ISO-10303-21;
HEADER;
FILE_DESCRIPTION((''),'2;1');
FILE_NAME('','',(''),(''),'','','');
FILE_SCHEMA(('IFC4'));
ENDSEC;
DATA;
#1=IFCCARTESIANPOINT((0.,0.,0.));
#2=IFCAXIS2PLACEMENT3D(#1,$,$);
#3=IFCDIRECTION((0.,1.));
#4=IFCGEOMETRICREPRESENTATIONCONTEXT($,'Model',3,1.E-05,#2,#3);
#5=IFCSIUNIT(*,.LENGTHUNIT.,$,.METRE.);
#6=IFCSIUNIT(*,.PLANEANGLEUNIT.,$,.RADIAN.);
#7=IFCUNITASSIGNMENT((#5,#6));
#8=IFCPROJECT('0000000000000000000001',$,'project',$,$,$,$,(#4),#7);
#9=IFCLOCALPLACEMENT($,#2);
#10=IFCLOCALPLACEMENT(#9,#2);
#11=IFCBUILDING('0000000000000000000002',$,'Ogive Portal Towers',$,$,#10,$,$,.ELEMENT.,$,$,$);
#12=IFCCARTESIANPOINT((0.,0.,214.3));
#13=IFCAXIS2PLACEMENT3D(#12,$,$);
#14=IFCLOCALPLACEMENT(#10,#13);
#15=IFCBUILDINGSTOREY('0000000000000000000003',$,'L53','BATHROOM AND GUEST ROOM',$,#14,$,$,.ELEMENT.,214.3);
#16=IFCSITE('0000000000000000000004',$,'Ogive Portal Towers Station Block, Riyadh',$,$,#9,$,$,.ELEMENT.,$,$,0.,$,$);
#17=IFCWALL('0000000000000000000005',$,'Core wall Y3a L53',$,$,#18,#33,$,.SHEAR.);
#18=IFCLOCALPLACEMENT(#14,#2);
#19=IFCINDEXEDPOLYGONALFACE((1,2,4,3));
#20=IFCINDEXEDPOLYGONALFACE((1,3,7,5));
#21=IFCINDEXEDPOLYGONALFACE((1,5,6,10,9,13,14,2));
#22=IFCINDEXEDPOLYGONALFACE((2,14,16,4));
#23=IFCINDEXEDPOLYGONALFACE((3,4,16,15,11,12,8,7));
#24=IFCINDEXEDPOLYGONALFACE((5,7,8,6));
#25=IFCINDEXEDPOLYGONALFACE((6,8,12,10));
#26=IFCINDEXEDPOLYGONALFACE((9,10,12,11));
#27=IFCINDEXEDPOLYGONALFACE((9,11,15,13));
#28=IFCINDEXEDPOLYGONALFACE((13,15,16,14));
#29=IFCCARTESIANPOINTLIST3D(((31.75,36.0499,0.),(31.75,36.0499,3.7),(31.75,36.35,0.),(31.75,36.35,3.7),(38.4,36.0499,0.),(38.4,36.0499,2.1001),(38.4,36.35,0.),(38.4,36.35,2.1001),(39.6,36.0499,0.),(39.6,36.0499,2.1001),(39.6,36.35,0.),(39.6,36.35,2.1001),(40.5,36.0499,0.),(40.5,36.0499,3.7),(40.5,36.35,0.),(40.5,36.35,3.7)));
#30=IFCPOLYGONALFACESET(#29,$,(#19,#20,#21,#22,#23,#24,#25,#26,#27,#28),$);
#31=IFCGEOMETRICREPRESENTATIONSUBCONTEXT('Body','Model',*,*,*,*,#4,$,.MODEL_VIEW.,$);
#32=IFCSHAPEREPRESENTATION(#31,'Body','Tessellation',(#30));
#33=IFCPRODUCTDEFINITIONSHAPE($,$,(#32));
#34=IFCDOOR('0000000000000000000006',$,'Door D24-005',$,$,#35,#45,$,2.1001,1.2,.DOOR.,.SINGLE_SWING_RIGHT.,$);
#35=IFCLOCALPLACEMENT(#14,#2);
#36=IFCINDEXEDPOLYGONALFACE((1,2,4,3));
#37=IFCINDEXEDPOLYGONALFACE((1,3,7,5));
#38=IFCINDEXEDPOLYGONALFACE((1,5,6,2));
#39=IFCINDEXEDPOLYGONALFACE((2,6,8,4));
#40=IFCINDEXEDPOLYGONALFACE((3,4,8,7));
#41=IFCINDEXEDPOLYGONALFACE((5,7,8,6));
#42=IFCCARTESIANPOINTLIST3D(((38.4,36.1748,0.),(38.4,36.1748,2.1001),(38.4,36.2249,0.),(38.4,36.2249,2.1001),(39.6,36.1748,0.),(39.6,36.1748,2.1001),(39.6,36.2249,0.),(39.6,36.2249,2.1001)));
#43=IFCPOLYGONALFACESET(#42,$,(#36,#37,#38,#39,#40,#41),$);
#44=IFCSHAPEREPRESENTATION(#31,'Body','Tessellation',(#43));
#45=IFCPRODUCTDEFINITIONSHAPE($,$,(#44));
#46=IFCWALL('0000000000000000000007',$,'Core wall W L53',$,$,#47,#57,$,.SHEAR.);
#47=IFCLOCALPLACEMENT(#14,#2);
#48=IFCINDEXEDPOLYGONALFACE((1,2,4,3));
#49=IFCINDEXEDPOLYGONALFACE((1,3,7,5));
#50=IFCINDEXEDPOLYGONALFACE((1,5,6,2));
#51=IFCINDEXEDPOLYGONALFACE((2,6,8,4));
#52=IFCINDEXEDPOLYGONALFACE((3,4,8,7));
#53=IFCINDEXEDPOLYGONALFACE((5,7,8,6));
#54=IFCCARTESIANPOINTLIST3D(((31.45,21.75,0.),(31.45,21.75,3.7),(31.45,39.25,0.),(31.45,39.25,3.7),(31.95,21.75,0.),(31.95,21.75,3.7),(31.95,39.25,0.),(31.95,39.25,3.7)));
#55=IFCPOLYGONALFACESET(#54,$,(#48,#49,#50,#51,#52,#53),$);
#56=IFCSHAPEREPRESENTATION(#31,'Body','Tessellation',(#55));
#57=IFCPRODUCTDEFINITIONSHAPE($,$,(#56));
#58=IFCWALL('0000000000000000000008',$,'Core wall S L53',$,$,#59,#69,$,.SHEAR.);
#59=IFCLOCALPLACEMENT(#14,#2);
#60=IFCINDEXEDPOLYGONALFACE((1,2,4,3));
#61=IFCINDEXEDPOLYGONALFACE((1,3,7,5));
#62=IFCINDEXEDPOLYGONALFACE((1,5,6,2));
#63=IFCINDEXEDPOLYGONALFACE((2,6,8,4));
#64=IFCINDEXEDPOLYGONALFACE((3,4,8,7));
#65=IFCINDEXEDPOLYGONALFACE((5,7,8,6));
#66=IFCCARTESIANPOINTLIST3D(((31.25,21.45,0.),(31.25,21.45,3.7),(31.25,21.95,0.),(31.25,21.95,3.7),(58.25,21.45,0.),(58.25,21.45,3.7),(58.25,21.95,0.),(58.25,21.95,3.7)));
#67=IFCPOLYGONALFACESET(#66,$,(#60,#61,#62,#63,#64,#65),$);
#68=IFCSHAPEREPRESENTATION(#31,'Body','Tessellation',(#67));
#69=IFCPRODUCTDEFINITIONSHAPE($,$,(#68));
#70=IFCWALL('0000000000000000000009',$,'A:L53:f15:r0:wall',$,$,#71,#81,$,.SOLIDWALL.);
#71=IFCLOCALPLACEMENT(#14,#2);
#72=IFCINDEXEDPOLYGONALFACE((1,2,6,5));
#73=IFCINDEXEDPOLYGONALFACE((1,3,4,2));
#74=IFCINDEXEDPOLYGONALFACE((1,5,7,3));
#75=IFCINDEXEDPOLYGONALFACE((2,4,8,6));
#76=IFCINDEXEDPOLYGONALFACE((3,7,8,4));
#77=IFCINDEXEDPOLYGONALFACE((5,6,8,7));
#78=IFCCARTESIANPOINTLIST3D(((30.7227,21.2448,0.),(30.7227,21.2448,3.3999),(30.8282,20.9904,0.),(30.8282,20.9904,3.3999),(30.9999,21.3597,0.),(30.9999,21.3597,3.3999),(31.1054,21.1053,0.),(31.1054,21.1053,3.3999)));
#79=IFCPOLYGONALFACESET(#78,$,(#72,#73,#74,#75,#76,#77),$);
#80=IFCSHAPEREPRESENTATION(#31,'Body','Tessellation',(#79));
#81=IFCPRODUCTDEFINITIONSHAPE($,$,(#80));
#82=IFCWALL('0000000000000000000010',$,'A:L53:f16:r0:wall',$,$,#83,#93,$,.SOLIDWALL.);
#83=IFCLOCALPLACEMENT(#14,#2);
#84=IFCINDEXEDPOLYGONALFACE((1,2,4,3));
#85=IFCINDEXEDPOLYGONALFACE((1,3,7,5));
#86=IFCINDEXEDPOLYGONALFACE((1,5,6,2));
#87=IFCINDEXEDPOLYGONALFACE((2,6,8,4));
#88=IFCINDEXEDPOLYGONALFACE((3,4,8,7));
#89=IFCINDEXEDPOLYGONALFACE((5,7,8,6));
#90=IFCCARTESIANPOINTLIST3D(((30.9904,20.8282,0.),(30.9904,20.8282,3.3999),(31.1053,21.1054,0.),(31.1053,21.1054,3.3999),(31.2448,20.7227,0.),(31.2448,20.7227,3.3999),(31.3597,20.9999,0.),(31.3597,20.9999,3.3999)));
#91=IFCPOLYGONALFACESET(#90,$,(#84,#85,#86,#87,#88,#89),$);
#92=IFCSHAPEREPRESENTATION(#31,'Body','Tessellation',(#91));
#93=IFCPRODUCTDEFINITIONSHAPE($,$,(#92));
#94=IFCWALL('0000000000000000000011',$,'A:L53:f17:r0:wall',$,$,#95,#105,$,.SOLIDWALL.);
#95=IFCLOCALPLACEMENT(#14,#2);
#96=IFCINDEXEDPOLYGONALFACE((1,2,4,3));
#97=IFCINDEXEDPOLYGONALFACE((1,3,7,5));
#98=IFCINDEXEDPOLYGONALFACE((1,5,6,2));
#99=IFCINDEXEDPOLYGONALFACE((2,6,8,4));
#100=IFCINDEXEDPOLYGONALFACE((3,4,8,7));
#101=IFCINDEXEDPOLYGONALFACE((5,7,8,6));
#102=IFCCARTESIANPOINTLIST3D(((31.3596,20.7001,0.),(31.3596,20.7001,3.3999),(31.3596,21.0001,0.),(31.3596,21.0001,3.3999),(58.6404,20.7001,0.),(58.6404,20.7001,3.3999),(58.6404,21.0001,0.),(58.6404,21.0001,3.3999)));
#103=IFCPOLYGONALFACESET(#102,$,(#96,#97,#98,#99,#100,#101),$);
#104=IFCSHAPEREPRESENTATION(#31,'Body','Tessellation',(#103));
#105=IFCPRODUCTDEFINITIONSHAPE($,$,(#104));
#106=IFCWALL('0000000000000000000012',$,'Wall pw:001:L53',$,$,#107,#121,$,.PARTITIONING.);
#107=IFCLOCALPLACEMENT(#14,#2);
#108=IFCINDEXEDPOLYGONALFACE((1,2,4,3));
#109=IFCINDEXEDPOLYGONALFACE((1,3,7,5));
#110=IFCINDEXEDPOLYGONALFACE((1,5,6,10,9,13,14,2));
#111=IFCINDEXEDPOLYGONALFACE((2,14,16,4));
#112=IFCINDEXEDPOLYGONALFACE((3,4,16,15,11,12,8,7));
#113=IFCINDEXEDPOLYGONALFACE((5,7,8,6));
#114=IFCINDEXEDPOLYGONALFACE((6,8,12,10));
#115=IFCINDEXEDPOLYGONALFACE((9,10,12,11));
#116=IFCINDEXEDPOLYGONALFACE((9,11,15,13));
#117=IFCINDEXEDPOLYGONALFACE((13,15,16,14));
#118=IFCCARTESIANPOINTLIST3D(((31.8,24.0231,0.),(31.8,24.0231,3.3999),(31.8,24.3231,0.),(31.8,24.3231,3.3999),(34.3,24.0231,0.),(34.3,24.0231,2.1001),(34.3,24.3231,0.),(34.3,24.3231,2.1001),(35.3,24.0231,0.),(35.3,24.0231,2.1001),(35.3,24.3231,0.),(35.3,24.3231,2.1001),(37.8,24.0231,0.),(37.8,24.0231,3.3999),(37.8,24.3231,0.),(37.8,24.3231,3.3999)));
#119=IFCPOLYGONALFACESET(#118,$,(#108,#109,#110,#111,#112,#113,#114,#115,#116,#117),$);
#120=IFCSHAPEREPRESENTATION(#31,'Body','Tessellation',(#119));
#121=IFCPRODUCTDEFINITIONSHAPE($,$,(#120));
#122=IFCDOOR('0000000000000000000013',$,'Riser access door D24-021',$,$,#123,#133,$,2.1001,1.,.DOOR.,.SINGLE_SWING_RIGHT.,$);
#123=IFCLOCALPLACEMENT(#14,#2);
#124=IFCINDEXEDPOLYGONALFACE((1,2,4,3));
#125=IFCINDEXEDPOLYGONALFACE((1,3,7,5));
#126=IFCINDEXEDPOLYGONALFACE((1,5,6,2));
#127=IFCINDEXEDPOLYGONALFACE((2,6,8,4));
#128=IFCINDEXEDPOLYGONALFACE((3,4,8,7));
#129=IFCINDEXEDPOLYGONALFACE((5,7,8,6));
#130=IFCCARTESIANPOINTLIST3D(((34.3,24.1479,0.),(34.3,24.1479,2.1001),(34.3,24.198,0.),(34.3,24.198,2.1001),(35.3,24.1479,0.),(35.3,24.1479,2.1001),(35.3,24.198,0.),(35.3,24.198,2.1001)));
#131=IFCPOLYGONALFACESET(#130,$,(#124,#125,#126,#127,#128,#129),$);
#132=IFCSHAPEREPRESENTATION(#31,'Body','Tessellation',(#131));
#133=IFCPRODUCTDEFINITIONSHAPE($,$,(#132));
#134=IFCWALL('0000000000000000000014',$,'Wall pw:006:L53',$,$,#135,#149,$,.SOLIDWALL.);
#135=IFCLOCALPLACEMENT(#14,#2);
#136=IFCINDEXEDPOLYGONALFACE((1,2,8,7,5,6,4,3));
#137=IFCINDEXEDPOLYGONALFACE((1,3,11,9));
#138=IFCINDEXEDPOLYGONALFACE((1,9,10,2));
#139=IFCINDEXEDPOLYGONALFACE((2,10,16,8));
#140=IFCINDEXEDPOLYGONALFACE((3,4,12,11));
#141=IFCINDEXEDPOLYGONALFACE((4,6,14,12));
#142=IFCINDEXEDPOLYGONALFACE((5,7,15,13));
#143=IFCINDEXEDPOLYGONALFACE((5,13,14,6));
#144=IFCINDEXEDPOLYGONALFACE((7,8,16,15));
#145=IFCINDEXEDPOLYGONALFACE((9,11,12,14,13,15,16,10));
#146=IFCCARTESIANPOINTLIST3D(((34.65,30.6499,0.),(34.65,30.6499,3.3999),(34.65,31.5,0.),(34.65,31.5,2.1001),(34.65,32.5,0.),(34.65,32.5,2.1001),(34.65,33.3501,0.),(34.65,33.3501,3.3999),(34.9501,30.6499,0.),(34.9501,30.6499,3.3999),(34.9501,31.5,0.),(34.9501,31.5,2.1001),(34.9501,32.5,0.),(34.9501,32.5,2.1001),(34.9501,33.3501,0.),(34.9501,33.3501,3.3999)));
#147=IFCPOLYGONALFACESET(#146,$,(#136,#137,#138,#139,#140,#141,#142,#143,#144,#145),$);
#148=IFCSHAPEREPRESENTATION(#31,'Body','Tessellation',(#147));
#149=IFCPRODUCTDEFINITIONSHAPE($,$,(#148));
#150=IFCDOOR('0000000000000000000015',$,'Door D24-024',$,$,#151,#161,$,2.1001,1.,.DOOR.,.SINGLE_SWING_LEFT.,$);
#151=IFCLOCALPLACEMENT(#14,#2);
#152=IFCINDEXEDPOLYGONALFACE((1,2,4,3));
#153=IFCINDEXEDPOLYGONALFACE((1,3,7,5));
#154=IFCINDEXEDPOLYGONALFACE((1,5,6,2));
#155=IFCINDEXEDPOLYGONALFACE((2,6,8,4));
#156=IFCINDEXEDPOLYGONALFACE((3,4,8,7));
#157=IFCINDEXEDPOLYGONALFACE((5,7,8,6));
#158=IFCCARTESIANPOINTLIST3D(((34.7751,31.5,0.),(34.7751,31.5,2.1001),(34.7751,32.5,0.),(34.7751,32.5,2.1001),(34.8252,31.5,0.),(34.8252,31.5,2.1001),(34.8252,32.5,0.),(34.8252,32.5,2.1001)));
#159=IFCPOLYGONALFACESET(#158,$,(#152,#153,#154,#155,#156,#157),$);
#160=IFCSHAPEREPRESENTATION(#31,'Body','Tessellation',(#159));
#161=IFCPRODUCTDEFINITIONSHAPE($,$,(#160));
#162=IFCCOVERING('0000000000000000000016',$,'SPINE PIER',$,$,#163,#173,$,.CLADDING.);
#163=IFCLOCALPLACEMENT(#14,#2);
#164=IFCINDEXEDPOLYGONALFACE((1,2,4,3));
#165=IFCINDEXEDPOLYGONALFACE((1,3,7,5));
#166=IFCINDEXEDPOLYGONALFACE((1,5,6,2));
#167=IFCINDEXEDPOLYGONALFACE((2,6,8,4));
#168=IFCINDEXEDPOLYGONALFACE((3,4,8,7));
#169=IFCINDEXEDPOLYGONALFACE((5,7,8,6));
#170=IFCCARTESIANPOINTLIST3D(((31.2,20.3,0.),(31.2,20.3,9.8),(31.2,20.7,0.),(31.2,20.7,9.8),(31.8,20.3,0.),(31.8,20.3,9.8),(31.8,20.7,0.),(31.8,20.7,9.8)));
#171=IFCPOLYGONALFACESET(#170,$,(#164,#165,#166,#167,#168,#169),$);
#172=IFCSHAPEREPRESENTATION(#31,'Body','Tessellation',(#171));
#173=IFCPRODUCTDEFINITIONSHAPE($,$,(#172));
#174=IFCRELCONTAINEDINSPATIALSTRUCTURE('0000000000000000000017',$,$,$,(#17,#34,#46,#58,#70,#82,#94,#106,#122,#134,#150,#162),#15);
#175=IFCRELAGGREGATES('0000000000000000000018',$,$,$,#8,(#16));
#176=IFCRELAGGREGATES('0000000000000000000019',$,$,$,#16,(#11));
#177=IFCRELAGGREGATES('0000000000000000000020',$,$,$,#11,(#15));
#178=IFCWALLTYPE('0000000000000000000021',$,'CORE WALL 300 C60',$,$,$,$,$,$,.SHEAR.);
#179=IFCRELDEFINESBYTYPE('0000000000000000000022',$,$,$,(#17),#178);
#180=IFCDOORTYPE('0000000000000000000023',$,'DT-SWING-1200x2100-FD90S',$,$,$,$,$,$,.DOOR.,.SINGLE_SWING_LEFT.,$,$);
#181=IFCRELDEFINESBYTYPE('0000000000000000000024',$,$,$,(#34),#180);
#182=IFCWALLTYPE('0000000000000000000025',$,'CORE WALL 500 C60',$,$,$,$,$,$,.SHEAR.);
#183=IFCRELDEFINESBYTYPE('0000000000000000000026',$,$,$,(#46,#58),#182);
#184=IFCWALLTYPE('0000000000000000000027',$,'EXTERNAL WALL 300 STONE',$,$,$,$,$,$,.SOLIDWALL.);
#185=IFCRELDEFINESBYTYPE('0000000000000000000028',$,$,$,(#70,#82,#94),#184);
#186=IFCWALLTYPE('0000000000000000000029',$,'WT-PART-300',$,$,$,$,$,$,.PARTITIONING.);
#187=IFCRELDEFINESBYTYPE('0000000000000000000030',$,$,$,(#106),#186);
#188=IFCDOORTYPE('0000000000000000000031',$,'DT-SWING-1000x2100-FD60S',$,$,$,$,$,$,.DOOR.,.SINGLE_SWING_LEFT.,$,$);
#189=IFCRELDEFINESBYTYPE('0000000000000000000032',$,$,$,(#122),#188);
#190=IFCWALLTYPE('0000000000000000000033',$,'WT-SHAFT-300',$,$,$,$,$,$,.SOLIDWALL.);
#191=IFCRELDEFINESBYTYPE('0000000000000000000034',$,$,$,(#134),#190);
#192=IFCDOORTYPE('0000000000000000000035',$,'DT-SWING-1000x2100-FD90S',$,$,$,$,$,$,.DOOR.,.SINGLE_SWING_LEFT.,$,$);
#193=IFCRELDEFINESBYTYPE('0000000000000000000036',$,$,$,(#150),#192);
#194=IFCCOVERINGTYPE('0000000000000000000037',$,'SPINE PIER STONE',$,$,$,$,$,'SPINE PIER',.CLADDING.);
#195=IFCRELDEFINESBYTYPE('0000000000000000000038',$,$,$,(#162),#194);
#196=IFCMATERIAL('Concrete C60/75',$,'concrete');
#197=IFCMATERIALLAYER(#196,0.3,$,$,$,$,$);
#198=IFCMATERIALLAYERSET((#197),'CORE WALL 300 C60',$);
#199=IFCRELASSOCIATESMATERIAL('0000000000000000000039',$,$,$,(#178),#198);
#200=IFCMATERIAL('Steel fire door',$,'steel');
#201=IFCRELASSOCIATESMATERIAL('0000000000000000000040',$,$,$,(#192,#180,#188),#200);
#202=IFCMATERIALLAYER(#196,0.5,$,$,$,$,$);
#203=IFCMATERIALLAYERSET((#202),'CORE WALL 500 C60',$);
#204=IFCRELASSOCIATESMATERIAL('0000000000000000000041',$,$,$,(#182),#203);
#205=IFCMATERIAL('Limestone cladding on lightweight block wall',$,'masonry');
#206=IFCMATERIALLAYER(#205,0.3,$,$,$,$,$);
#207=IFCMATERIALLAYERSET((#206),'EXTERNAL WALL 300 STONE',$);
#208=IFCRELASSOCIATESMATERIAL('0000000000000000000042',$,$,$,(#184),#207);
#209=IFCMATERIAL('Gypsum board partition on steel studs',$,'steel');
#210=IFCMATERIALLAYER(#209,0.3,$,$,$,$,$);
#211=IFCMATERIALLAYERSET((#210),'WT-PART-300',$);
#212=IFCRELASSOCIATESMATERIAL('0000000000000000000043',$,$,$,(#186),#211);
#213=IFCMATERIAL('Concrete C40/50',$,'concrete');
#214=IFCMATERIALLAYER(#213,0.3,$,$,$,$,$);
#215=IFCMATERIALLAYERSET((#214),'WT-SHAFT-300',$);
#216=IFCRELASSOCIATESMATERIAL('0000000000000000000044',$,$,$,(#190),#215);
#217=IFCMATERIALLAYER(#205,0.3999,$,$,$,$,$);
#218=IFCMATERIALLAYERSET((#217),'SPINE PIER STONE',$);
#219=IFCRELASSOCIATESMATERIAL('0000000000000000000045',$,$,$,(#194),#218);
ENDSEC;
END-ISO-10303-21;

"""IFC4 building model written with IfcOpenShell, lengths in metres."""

from ifc_helpers import new_model, si_unit, direction, frame, frame_2d, origin, origin_2d, place, context, subcontext, project, spatial, rectangle, extrude, material, layer, layer_set, type_object, element, fill, save


model = new_model("IFC4")

# Units and contexts
model_context = context("Model", 3, precision=1e-05, world=origin(), true_north=direction((0.0, 1.0)))
body_context = subcontext(model_context, "Body", "Model", "MODEL_VIEW")
ifc_project = project(units=[si_unit("LENGTHUNIT", "METRE"), si_unit("PLANEANGLEUNIT", "RADIAN")], contexts=[model_context])

# Site, building, storey
site_placement = place(None, origin())
site = spatial("IfcSite", under=ifc_project, at=site_placement, Name="Ogive Portal Towers Station Block, Riyadh", CompositionType="ELEMENT", RefElevation=0.0)
building_placement = place(site_placement, origin())
building = spatial("IfcBuilding", under=site, at=building_placement, Name="Ogive Portal Towers", CompositionType="ELEMENT")
storey_placement = place(building_placement, frame((0.0, 0.0, 214.3)))
storey = spatial("IfcBuildingStorey", under=building, at=storey_placement, Name="L53", Description="BATHROOM AND GUEST ROOM", CompositionType="ELEMENT", Elevation=214.3)

# Shared definitions
ifc_material_1 = material(Name="Concrete C40/50", Category="concrete")

# Shared definitions
ifc_material_2 = material(Name="Concrete C60/75", Category="concrete")
ifc_layer_1 = layer(ifc_material_2, 0.3)
ifc_layer_set_1 = layer_set([ifc_layer_1], Name="CORE WALL 300 C60")
wall_type_1 = type_object("IfcWallType", Name="CORE WALL 300 C60", PredefinedType="SHEAR", material=ifc_layer_set_1)
ifc_material_3 = material(Name="Steel fire door", Category="steel")
door_type_1 = type_object("IfcDoorType", Name="DT-SWING-1000x2100-FD90S", OperationType="SINGLE_SWING_LEFT", PredefinedType="DOOR", material=ifc_material_3)

# Shared definitions
door_type_2 = type_object("IfcDoorType", Name="DT-SWING-1200x2100-FD90S", OperationType="SINGLE_SWING_LEFT", PredefinedType="DOOR", material=ifc_material_3)

# Wall, opening, door
wall_1_placement = place(storey_placement, frame((31.75, 36.2, 0.0), z_axis=(0.0, 0.0, 1.0), x_axis=(1.0, 0.0, 0.0)))
wall_1 = element("IfcWall", 1, at=wall_1_placement, inside=storey, type_object=wall_type_1, Name="Core wall Y3a L53", PredefinedType="SHEAR", context=body_context, shape_type="SweptSolid", body=[
    extrude(rectangle(XDim=8.75, YDim=0.3, at=frame_2d((4.375, 0.0))), origin(), (0.0, 0.0, 1.0), 3.7),
])
opening_1_placement = place(wall_1_placement, frame((6.6499, 0.0, 0.0)))
opening_1 = element("IfcOpeningElement", 2, at=opening_1_placement, cuts=wall_1, PredefinedType="OPENING", context=body_context, shape_type="SweptSolid", body=[
    extrude(rectangle(XDim=1.2, YDim=2.1001, at=frame_2d((0.6001, 1.05))), frame((0.0, 0.1602, 0.0), z_axis=(0.0, -1.0, 0.0), x_axis=(1.0, 0.0, 0.0)), (0.0, 0.0, 1.0), 0.3201),
])
door_1_placement = place(opening_1_placement, origin())
door_1 = element("IfcDoor", 3, at=door_1_placement, inside=storey, type_object=door_type_2, Name="Door D24-005", OperationType="SINGLE_SWING_RIGHT", OverallHeight=2.1001, OverallWidth=1.2, PredefinedType="DOOR", context=body_context, shape_type="SweptSolid", body=[
    extrude(rectangle(XDim=1.2, YDim=2.1001, at=frame_2d((0.6001, 1.05))), frame((0.0, 0.0249, 0.0), z_axis=(0.0, -1.0, 0.0), x_axis=(1.0, 0.0, 0.0)), (0.0, 0.0, 1.0), 0.05),
])
fill(opening_1, door_1)

# Walls
ifc_layer_2 = layer(ifc_material_2, 0.5)
ifc_layer_set_2 = layer_set([ifc_layer_2], Name="CORE WALL 500 C60")
wall_type_2 = type_object("IfcWallType", Name="CORE WALL 500 C60", PredefinedType="SHEAR", material=ifc_layer_set_2)
wall_2_placement = place(storey_placement, frame((31.7, 21.75, 0.0), z_axis=(0.0, 0.0, 1.0), x_axis=(0.0, 1.0, 0.0)))
element("IfcWall", 4, at=wall_2_placement, inside=storey, type_object=wall_type_2, Name="Core wall W L53", PredefinedType="SHEAR", context=body_context, shape_type="SweptSolid", body=[
    extrude(rectangle(XDim=17.5, YDim=0.5, at=frame_2d((8.75, 0.0))), origin(), (0.0, 0.0, 1.0), 3.7),
])
wall_3_placement = place(storey_placement, frame((31.25, 21.7, 0.0), z_axis=(0.0, 0.0, 1.0), x_axis=(1.0, 0.0, 0.0)))
element("IfcWall", 5, at=wall_3_placement, inside=storey, type_object=wall_type_2, Name="Core wall S L53", PredefinedType="SHEAR", context=body_context, shape_type="SweptSolid", body=[
    extrude(rectangle(XDim=27.0, YDim=0.5, at=frame_2d((13.5, 0.0))), origin(), (0.0, 0.0, 1.0), 3.7),
])
ifc_material_4 = material(Name="Limestone cladding on lightweight block wall", Category="masonry")
ifc_layer_3 = layer(ifc_material_4, 0.3)
ifc_layer_set_3 = layer_set([ifc_layer_3], Name="EXTERNAL WALL 300 STONE")
wall_type_3 = type_object("IfcWallType", Name="EXTERNAL WALL 300 STONE", PredefinedType="SOLIDWALL", material=ifc_layer_set_3)
for number, where, z_axis, x_axis, name in (
    (6, (30.8613, 21.3022, 0.0), (0.0, 0.0, 1.0), (0.382978, -0.923757, 0.0), "A:L53:f15:r0:wall"),
    (7, (31.0479, 20.9668, 0.0), (0.0, 0.0, 1.0), (0.923757, -0.382978, 0.0), "A:L53:f16:r0:wall"),
):
    element("IfcWall", number, at=place(storey_placement, frame(where, z_axis=z_axis, x_axis=x_axis)), inside=storey, type_object=wall_type_3, Name=name, PredefinedType="SOLIDWALL", context=body_context, shape_type="SweptSolid", body=[
        extrude(rectangle(XDim=0.2754, YDim=0.3, at=frame_2d((0.1377, 0.0))), origin(), (0.0, 0.0, 1.0), 3.3999),
    ])
wall_4_placement = place(storey_placement, frame((31.3596, 20.8501, 0.0), z_axis=(0.0, 0.0, 1.0), x_axis=(1.0, 0.0, 0.0)))
element("IfcWall", 8, at=wall_4_placement, inside=storey, type_object=wall_type_3, Name="A:L53:f17:r0:wall", PredefinedType="SOLIDWALL", context=body_context, shape_type="SweptSolid", body=[
    extrude(rectangle(XDim=27.2808, YDim=0.3, at=frame_2d((13.6404, 0.0))), origin(), (0.0, 0.0, 1.0), 3.3999),
])

# Walls, openings, doors
ifc_material_5 = material(Name="Gypsum board partition on steel studs", Category="steel")
ifc_layer_4 = layer(ifc_material_5, 0.3)
ifc_layer_set_4 = layer_set([ifc_layer_4], Name="WT-PART-300")
wall_type_4 = type_object("IfcWallType", Name="WT-PART-300", PredefinedType="PARTITIONING", material=ifc_layer_set_4)
wall_5_placement = place(storey_placement, frame((31.8, 24.1731, 0.0), z_axis=(0.0, 0.0, 1.0), x_axis=(1.0, 0.0, 0.0)))
wall_5 = element("IfcWall", 9, at=wall_5_placement, inside=storey, type_object=wall_type_4, Name="Wall pw:001:L53", PredefinedType="PARTITIONING", context=body_context, shape_type="SweptSolid", body=[
    extrude(rectangle(XDim=6.0, YDim=0.3, at=frame_2d((3.0, 0.0))), origin(), (0.0, 0.0, 1.0), 3.3999),
])
opening_2_placement = place(wall_5_placement, frame((2.5, 0.0, 0.0)))
opening_2 = element("IfcOpeningElement", 10, at=opening_2_placement, cuts=wall_5, PredefinedType="OPENING", context=body_context, shape_type="SweptSolid", body=[
    extrude(rectangle(XDim=1.0, YDim=2.1001, at=frame_2d((0.5, 1.05))), frame((0.0, 0.1602, 0.0), z_axis=(0.0, -1.0, 0.0), x_axis=(1.0, 0.0, 0.0)), (0.0, 0.0, 1.0), 0.3201),
])
door_type_3 = type_object("IfcDoorType", Name="DT-SWING-1000x2100-FD60S", OperationType="SINGLE_SWING_LEFT", PredefinedType="DOOR", material=ifc_material_3)
door_2_placement = place(opening_2_placement, origin())
door_2 = element("IfcDoor", 11, at=door_2_placement, inside=storey, type_object=door_type_3, Name="Riser access door D24-021", OperationType="SINGLE_SWING_RIGHT", OverallHeight=2.1001, OverallWidth=1.0, PredefinedType="DOOR", context=body_context, shape_type="SweptSolid", body=[
    extrude(rectangle(XDim=1.0, YDim=2.1001, at=frame_2d((0.5, 1.05))), frame((0.0, 0.0249, 0.0), z_axis=(0.0, -1.0, 0.0), x_axis=(1.0, 0.0, 0.0)), (0.0, 0.0, 1.0), 0.05),
])
fill(opening_2, door_2)
ifc_layer_5 = layer(ifc_material_1, 0.3)
ifc_layer_set_5 = layer_set([ifc_layer_5], Name="WT-SHAFT-300")
wall_type_5 = type_object("IfcWallType", Name="WT-SHAFT-300", PredefinedType="SOLIDWALL", material=ifc_layer_set_5)
wall_6_placement = place(storey_placement, frame((34.8, 30.6499, 0.0), z_axis=(0.0, 0.0, 1.0), x_axis=(0.0, 1.0, 0.0)))
wall_6 = element("IfcWall", 12, at=wall_6_placement, inside=storey, type_object=wall_type_5, Name="Wall pw:006:L53", PredefinedType="SOLIDWALL", context=body_context, shape_type="SweptSolid", body=[
    extrude(rectangle(XDim=2.7002, YDim=0.3, at=frame_2d((1.3501, 0.0))), origin(), (0.0, 0.0, 1.0), 3.3999),
])
opening_3_placement = place(wall_6_placement, frame((0.8501, 0.0, 0.0)))
opening_3 = element("IfcOpeningElement", 13, at=opening_3_placement, cuts=wall_6, PredefinedType="OPENING", context=body_context, shape_type="SweptSolid", body=[
    extrude(rectangle(XDim=1.0, YDim=2.1001, at=frame_2d((0.5, 1.05))), frame((0.0, 0.1602, 0.0), z_axis=(0.0, -1.0, 0.0), x_axis=(1.0, 0.0, 0.0)), (0.0, 0.0, 1.0), 0.3201),
])
door_3_placement = place(opening_3_placement, origin())
door_3 = element("IfcDoor", 14, at=door_3_placement, inside=storey, type_object=door_type_1, Name="Door D24-024", OperationType="SINGLE_SWING_LEFT", OverallHeight=2.1001, OverallWidth=1.0, PredefinedType="DOOR", context=body_context, shape_type="SweptSolid", body=[
    extrude(rectangle(XDim=1.0, YDim=2.1001, at=frame_2d((0.5, 1.05))), frame((0.0, 0.0249, 0.0), z_axis=(0.0, -1.0, 0.0), x_axis=(1.0, 0.0, 0.0)), (0.0, 0.0, 1.0), 0.05),
])
fill(opening_3, door_3)

# Covering
ifc_layer_6 = layer(ifc_material_4, 0.3999)
ifc_layer_set_6 = layer_set([ifc_layer_6], Name="SPINE PIER STONE")
covering_type = type_object("IfcCoveringType", Name="SPINE PIER STONE", ElementType="SPINE PIER", PredefinedType="CLADDING", material=ifc_layer_set_6)
covering_placement = place(storey_placement, frame((31.5, 20.5, 0.0), z_axis=(0.0, 0.0, 1.0), x_axis=(1.0, 0.0, 0.0)))
element("IfcCovering", 15, at=covering_placement, inside=storey, type_object=covering_type, Name="SPINE PIER", PredefinedType="CLADDING", context=body_context, shape_type="SweptSolid", body=[
    extrude(rectangle(XDim=0.6001, YDim=0.3999, at=origin_2d()), origin(), (0.0, 0.0, 1.0), 9.8),
])

save(model, "model.ifc")
